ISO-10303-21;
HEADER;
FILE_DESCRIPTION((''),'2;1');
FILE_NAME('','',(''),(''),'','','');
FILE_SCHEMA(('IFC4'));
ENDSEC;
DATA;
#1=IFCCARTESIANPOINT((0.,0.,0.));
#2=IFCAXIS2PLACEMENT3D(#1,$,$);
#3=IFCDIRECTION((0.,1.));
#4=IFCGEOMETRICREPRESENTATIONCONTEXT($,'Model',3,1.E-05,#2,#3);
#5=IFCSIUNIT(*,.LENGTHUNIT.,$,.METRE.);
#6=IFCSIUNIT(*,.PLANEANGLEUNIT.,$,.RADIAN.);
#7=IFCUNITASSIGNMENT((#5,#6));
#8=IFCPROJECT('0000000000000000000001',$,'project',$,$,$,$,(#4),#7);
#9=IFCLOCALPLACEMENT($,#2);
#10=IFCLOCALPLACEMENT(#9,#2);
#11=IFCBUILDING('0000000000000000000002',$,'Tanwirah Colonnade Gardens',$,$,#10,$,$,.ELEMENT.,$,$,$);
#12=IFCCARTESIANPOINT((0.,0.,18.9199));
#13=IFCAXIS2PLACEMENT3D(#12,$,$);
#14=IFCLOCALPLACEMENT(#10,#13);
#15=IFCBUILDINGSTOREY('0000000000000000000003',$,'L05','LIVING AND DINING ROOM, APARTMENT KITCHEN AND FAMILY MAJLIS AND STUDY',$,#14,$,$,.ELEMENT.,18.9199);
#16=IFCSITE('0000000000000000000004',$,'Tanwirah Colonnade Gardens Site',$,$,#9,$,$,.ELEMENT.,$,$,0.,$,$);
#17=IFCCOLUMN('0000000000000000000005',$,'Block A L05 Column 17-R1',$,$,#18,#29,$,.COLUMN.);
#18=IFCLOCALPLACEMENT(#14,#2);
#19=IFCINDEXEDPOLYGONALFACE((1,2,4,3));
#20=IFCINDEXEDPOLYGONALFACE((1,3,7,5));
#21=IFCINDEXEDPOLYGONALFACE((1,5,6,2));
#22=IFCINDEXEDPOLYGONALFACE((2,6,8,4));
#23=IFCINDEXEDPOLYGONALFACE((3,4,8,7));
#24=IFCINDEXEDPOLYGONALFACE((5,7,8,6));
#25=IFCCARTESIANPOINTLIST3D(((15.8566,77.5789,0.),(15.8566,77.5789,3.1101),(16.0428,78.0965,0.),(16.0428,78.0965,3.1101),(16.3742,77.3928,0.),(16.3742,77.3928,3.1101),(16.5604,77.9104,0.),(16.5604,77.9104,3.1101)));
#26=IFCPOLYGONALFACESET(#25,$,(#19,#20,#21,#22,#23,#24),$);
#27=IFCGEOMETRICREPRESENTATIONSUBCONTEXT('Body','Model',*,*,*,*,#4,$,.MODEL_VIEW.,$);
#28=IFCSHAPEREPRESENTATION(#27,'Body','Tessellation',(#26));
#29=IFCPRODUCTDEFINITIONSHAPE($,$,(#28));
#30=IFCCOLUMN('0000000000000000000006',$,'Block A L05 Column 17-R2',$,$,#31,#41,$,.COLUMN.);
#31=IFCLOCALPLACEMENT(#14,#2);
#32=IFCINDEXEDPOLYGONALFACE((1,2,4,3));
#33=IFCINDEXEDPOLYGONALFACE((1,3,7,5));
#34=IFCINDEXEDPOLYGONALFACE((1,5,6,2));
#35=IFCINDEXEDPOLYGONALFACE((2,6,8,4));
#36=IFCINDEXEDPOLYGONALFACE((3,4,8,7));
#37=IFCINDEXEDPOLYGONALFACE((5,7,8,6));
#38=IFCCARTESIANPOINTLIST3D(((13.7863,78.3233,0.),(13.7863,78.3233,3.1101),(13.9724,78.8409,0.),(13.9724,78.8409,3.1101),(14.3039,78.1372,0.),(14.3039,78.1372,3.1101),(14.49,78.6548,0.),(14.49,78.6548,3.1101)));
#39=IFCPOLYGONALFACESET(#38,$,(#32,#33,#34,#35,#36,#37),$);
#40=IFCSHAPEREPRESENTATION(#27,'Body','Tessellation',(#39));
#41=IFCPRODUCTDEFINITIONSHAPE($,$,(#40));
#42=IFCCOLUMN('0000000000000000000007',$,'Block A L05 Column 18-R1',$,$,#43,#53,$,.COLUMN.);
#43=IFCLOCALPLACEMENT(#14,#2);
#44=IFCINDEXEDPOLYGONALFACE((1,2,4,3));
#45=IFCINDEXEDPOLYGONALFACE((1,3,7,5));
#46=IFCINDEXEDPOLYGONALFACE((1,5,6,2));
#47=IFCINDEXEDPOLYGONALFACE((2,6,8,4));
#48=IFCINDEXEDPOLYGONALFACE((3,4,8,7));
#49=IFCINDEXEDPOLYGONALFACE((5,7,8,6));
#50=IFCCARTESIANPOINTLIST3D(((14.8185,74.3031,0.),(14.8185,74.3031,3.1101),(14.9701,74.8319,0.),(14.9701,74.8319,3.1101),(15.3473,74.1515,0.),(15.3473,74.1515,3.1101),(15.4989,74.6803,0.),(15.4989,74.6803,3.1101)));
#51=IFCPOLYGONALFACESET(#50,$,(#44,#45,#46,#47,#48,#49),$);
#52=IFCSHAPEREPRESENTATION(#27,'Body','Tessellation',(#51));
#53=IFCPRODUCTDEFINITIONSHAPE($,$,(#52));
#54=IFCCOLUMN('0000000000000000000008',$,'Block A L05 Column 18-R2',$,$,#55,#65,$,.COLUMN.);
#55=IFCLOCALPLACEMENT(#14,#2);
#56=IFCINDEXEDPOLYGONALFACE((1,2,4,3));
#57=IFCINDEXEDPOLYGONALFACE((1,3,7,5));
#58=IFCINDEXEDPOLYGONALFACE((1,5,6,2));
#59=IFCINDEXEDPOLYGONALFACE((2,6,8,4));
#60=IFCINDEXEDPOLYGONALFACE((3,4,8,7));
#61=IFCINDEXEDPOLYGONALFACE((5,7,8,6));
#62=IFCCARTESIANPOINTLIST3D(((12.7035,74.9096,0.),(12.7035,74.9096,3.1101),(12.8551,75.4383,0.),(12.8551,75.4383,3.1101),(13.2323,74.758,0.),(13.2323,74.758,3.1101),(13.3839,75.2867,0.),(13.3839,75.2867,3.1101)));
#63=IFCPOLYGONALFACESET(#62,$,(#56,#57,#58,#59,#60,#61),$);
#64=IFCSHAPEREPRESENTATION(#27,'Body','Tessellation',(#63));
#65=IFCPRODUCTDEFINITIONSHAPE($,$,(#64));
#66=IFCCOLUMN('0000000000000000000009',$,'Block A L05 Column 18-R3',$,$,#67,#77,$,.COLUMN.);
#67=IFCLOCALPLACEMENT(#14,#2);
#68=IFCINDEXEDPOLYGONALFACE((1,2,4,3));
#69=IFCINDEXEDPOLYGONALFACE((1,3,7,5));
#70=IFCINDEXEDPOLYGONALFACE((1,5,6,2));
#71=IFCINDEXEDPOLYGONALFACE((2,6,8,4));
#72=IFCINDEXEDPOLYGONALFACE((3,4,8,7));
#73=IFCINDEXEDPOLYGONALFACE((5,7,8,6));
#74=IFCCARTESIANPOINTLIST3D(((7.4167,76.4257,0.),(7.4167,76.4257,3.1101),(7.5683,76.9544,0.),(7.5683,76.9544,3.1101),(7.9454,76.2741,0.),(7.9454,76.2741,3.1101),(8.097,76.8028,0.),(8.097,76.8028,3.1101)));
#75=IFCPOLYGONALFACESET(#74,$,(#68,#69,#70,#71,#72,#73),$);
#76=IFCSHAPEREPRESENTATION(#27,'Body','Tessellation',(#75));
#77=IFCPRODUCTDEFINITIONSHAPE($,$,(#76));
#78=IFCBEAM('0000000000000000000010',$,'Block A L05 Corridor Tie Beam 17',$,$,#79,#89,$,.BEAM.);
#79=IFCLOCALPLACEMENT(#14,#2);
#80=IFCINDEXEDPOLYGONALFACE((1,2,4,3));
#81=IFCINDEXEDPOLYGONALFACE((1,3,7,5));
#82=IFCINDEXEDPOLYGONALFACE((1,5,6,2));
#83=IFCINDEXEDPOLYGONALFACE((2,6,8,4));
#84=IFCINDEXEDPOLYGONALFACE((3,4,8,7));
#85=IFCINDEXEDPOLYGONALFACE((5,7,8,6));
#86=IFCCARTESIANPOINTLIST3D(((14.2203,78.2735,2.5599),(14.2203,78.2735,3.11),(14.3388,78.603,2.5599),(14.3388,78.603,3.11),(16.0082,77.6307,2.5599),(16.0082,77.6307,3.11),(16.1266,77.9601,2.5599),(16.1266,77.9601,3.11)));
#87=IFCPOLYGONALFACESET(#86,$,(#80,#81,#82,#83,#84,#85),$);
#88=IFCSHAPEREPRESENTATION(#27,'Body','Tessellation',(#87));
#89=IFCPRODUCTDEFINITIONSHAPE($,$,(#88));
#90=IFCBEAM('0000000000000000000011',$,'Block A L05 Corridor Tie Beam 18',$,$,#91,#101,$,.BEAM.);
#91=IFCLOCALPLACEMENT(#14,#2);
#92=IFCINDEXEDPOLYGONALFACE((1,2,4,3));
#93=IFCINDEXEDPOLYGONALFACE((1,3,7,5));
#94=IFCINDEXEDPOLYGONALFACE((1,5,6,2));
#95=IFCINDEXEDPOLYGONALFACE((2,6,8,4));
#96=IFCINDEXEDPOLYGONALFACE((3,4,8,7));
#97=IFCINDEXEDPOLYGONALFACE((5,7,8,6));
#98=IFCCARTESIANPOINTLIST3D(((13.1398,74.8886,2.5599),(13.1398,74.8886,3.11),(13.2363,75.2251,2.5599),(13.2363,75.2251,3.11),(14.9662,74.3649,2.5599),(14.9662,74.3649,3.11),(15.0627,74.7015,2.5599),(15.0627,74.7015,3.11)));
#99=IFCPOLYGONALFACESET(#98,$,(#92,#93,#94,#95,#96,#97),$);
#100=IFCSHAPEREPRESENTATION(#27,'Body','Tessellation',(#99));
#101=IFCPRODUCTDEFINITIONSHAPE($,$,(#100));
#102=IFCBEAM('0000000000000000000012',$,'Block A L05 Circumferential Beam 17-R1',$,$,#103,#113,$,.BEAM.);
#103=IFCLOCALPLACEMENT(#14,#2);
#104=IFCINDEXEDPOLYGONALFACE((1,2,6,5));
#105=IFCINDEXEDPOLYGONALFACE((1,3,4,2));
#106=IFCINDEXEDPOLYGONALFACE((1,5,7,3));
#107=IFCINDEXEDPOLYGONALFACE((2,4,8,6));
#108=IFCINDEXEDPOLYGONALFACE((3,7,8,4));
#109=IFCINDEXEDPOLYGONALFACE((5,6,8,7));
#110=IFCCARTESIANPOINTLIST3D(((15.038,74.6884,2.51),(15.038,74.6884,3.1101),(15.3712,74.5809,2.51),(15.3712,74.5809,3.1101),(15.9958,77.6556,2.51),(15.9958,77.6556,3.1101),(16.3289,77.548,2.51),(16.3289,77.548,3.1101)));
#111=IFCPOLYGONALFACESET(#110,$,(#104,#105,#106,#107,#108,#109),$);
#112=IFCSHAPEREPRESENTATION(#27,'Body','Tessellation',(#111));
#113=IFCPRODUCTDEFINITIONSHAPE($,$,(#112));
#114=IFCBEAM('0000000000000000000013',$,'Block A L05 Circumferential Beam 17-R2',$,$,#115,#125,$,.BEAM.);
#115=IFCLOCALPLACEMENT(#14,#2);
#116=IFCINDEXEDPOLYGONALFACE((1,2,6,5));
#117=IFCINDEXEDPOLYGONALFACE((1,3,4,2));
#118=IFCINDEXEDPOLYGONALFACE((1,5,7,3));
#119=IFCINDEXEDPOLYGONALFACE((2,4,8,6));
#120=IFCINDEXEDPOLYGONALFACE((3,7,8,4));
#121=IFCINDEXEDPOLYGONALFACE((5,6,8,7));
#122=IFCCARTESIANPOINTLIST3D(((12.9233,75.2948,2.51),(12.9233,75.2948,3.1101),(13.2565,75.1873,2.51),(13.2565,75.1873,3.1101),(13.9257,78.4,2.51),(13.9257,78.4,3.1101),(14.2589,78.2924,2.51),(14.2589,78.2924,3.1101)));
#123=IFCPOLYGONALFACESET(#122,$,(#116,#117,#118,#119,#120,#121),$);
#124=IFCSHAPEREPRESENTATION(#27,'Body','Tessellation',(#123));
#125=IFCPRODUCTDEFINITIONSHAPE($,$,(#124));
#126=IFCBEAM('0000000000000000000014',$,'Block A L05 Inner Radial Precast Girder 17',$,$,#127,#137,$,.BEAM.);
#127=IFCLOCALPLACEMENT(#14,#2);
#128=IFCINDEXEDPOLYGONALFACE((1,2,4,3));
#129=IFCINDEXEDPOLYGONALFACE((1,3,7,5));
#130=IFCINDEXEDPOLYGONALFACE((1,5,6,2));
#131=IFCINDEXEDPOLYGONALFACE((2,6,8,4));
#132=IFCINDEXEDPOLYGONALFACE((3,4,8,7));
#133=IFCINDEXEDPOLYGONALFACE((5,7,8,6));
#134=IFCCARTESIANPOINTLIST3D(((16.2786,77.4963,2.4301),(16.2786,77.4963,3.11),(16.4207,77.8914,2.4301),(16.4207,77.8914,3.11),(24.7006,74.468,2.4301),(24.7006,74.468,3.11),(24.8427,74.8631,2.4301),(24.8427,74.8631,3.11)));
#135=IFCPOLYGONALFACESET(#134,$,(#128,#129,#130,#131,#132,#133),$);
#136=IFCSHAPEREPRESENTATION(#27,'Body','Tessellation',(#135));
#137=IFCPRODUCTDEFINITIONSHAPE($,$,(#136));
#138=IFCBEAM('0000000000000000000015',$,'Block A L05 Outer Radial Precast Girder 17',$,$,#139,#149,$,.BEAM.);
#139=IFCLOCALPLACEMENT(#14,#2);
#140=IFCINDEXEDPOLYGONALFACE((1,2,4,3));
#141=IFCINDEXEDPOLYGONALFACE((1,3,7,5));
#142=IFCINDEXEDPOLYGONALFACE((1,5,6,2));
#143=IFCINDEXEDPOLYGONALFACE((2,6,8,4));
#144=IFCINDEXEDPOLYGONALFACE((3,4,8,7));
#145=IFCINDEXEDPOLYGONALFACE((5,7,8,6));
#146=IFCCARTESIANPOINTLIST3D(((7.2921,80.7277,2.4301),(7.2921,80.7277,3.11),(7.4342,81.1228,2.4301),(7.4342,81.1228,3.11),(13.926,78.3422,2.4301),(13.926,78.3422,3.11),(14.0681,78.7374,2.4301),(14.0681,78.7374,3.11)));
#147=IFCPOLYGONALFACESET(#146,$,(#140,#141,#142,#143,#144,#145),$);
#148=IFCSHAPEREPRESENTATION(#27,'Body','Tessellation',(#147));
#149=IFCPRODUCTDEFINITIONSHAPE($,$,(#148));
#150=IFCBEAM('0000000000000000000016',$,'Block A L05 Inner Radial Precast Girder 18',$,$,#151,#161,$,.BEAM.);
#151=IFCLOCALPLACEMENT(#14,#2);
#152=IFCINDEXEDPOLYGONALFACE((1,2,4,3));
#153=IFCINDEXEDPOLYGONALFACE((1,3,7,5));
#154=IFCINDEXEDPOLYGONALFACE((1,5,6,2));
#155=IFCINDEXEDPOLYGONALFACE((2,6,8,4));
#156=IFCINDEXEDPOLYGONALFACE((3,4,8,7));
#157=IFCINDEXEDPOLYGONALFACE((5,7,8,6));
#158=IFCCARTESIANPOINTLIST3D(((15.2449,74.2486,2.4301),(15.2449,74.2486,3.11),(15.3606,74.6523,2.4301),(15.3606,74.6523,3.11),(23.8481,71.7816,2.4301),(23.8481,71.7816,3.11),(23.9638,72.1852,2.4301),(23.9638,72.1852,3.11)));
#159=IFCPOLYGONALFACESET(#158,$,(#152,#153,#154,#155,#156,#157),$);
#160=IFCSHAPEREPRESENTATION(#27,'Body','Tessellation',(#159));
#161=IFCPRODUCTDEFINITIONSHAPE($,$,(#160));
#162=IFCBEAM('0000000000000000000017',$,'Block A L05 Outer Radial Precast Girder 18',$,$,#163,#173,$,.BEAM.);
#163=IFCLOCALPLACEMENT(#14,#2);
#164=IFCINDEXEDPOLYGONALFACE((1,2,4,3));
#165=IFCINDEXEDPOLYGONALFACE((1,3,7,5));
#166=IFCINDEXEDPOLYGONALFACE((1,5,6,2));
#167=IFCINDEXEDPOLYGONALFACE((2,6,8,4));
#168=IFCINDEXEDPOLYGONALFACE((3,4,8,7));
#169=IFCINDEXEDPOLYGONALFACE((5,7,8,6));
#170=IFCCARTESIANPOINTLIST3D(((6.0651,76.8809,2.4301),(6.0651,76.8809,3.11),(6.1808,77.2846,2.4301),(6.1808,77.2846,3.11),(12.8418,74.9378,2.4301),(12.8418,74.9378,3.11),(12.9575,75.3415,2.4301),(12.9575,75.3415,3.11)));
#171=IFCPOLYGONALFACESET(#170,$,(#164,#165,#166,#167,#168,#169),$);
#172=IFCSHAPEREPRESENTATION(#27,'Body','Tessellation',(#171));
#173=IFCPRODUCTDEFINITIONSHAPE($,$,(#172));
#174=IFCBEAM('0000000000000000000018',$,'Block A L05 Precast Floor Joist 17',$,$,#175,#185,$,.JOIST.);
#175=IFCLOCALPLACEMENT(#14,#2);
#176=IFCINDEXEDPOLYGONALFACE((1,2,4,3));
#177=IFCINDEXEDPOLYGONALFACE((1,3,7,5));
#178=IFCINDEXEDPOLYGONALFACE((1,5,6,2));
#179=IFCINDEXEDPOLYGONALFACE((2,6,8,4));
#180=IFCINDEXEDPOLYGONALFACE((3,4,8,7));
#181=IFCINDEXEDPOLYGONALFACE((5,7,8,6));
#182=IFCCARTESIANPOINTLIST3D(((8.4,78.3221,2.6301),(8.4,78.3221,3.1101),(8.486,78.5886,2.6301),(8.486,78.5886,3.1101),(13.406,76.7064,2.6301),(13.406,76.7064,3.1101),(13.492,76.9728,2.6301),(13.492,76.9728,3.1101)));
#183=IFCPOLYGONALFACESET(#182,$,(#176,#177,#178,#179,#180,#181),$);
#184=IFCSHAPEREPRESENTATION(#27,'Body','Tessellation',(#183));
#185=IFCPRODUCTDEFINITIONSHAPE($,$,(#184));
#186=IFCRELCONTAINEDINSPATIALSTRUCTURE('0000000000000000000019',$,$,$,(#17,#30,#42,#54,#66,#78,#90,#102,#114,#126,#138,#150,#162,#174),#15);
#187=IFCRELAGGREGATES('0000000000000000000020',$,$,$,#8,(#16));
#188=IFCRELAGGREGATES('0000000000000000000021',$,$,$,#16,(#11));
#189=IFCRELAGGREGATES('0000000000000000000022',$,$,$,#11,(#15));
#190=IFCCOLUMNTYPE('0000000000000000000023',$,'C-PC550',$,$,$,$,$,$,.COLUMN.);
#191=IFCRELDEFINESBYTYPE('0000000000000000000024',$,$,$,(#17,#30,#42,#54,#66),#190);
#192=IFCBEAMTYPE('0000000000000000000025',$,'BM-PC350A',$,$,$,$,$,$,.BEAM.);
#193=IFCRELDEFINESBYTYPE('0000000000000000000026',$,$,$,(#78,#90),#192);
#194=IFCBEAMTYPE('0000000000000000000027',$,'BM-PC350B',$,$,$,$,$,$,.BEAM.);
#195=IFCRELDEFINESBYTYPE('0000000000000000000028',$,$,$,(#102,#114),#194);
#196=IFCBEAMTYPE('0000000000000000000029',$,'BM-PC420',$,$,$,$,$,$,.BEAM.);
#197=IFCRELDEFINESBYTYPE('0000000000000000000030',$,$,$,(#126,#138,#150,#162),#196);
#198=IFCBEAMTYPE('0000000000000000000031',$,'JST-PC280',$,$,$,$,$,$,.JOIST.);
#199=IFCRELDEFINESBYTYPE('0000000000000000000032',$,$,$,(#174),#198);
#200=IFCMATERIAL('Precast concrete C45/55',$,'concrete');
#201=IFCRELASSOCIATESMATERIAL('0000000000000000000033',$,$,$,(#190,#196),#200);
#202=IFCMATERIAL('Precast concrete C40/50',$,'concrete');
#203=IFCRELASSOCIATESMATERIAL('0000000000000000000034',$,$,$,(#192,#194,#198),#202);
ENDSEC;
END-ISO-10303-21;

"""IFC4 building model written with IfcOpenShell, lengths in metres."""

from ifc_helpers import new_model, si_unit, direction, frame, origin, origin_2d, place, context, subcontext, project, spatial, rectangle, extrude, material, material_profile, profile_set, type_object, element, save


model = new_model("IFC4")

# Units and contexts
model_context = context("Model", 3, precision=1e-05, world=origin(), true_north=direction((0.0, 1.0)))
body_context = subcontext(model_context, "Body", "Model", "MODEL_VIEW")
ifc_project = project(units=[si_unit("LENGTHUNIT", "METRE"), si_unit("PLANEANGLEUNIT", "RADIAN")], contexts=[model_context])

# Site, building, storey
site_placement = place(None, origin())
site = spatial("IfcSite", under=ifc_project, at=site_placement, Name="Tanwirah Colonnade Gardens Site", CompositionType="ELEMENT", RefElevation=0.0)
building_placement = place(site_placement, origin())
building = spatial("IfcBuilding", under=site, at=building_placement, Name="Tanwirah Colonnade Gardens", CompositionType="ELEMENT")
storey_placement = place(building_placement, frame((0.0, 0.0, 18.9199)))
storey = spatial("IfcBuildingStorey", under=building, at=storey_placement, Name="L05", Description="LIVING AND DINING ROOM, APARTMENT KITCHEN AND FAMILY MAJLIS AND STUDY", CompositionType="ELEMENT", Elevation=18.9199)

# Columns
ifc_material_1 = material(Name="Precast concrete C45/55", Category="concrete")
ifc_material_profile_1 = material_profile(ifc_material_1, rectangle(XDim=0.55, YDim=0.55, at=origin_2d()), Name="PC-COL 550x550")
ifc_profile_set_1 = profile_set([ifc_material_profile_1], Name="Precast concrete C45/55")
column_type = type_object("IfcColumnType", Name="C-PC550", PredefinedType="COLUMN", material=ifc_profile_set_1)
for number, where, z_axis, x_axis, name in (
    (1, (16.2085, 77.7446, 0.0), (0.0, 0.0, 1.0), (-0.941012, 0.338373, 0.0), "Block A L05 Column 17-R1"),
    (2, (14.1382, 78.489, 0.0), (0.0, 0.0, 1.0), (-0.941012, 0.338373, 0.0), "Block A L05 Column 17-R2"),
    (3, (15.1587, 74.4917, 0.0), (0.0, 0.0, 1.0), (-0.961262, 0.275637, 0.0), "Block A L05 Column 18-R1"),
    (4, (13.0437, 75.0981, 0.0), (0.0, 0.0, 1.0), (-0.961262, 0.275637, 0.0), "Block A L05 Column 18-R2"),
    (5, (7.7568, 76.6143, 0.0), (0.0, 0.0, 1.0), (-0.961262, 0.275637, 0.0), "Block A L05 Column 18-R3"),
):
    element("IfcColumn", number, at=place(storey_placement, frame(where, z_axis=z_axis, x_axis=x_axis)), inside=storey, type_object=column_type, Name=name, PredefinedType="COLUMN", context=body_context, shape_type="SweptSolid", body=[
        extrude(rectangle(XDim=0.55, YDim=0.55, at=origin_2d()), origin(), (0.0, 0.0, 1.0), 3.1101),
    ])

# Beams
ifc_material_2 = material(Name="Precast concrete C40/50", Category="concrete")
ifc_material_profile_2 = material_profile(ifc_material_2, rectangle(XDim=0.3501, YDim=0.55, at=origin_2d()), Name="PC-BM 350x550")
ifc_profile_set_2 = profile_set([ifc_material_profile_2], Name="Precast concrete C40/50")
beam_type_1 = type_object("IfcBeamType", Name="BM-PC350A", PredefinedType="BEAM", material=ifc_profile_set_2)
for number, where, z_axis, x_axis, name in (
    (6, (16.0674, 77.7954, 2.835), (-0.941022, 0.338346, 0.0), (-0.338346, -0.941022, 0.0), "Block A L05 Corridor Tie Beam 17"),
    (7, (15.0144, 74.5332, 2.835), (-0.961267, 0.27562, 0.0), (-0.27562, -0.961267, 0.0), "Block A L05 Corridor Tie Beam 18"),
):
    element("IfcBeam", number, at=place(storey_placement, frame(where, z_axis=z_axis, x_axis=x_axis)), inside=storey, type_object=beam_type_1, Name=name, PredefinedType="BEAM", context=body_context, shape_type="SweptSolid", body=[
        extrude(rectangle(XDim=0.3501, YDim=0.55, at=origin_2d()), origin(), (0.0, 0.0, 1.0), 1.8999),
    ])
ifc_material_profile_3 = material_profile(ifc_material_2, rectangle(XDim=0.3501, YDim=0.6001, at=origin_2d()), Name="PC-BM 350x600")
ifc_profile_set_3 = profile_set([ifc_material_profile_3], Name="Precast concrete C40/50")
beam_type_2 = type_object("IfcBeamType", Name="BM-PC350B", PredefinedType="BEAM", material=ifc_profile_set_3)
beam_1_placement = place(storey_placement, frame((16.1624, 77.6018, 2.8101), z_axis=(-0.30717, -0.951655, 0.0), x_axis=(0.951655, -0.30717, 0.0)))
element("IfcBeam", 8, at=beam_1_placement, inside=storey, type_object=beam_type_2, Name="Block A L05 Circumferential Beam 17-R1", PredefinedType="BEAM", context=body_context, shape_type="SweptSolid", body=[
    extrude(rectangle(XDim=0.3501, YDim=0.6001, at=origin_2d()), origin(), (0.0, 0.0, 1.0), 3.1179),
])
beam_2_placement = place(storey_placement, frame((14.0923, 78.3462, 2.8101), z_axis=(-0.307213, -0.951641, 0.0), x_axis=(0.951641, -0.307213, 0.0)))
element("IfcBeam", 9, at=beam_2_placement, inside=storey, type_object=beam_type_2, Name="Block A L05 Circumferential Beam 17-R2", PredefinedType="BEAM", context=body_context, shape_type="SweptSolid", body=[
    extrude(rectangle(XDim=0.3501, YDim=0.6001, at=origin_2d()), origin(), (0.0, 0.0, 1.0), 3.2629),
])
ifc_material_profile_4 = material_profile(ifc_material_1, rectangle(XDim=0.4199, YDim=0.6799, at=origin_2d()), Name="PC-BM 420x680")
ifc_profile_set_4 = profile_set([ifc_material_profile_4], Name="Precast concrete C45/55")
beam_type_3 = type_object("IfcBeamType", Name="BM-PC420", PredefinedType="BEAM", material=ifc_profile_set_4)
beam_3_placement = place(storey_placement, frame((16.3496, 77.6938, 2.77), z_axis=(0.941017, -0.338359, 0.0), x_axis=(0.338359, 0.941017, 0.0)))
element("IfcBeam", 10, at=beam_3_placement, inside=storey, type_object=beam_type_3, Name="Block A L05 Inner Radial Precast Girder 17", PredefinedType="BEAM", context=body_context, shape_type="SweptSolid", body=[
    extrude(rectangle(XDim=0.4199, YDim=0.6799, at=origin_2d()), origin(), (0.0, 0.0, 1.0), 8.95),
])
beam_4_placement = place(storey_placement, frame((13.9971, 78.5398, 2.77), z_axis=(-0.941012, 0.338374, 0.0), x_axis=(-0.338374, -0.941012, 0.0)))
element("IfcBeam", 11, at=beam_4_placement, inside=storey, type_object=beam_type_3, Name="Block A L05 Outer Radial Precast Girder 17", PredefinedType="BEAM", context=body_context, shape_type="SweptSolid", body=[
    extrude(rectangle(XDim=0.4199, YDim=0.6799, at=origin_2d()), origin(), (0.0, 0.0, 1.0), 7.0498),
])
beam_5_placement = place(storey_placement, frame((15.3027, 74.4504, 2.77), z_axis=(0.961259, -0.275647, 0.0), x_axis=(0.275647, 0.961259, 0.0)))
element("IfcBeam", 12, at=beam_5_placement, inside=storey, type_object=beam_type_3, Name="Block A L05 Inner Radial Precast Girder 18", PredefinedType="BEAM", context=body_context, shape_type="SweptSolid", body=[
    extrude(rectangle(XDim=0.4199, YDim=0.6799, at=origin_2d()), origin(), (0.0, 0.0, 1.0), 8.95),
])
beam_6_placement = place(storey_placement, frame((12.8997, 75.1396, 2.77), z_axis=(-0.961266, 0.275622, 0.0), x_axis=(-0.275622, -0.961266, 0.0)))
element("IfcBeam", 13, at=beam_6_placement, inside=storey, type_object=beam_type_3, Name="Block A L05 Outer Radial Precast Girder 18", PredefinedType="BEAM", context=body_context, shape_type="SweptSolid", body=[
    extrude(rectangle(XDim=0.4199, YDim=0.6799, at=origin_2d()), origin(), (0.0, 0.0, 1.0), 7.0498),
])
ifc_material_profile_5 = material_profile(ifc_material_2, rectangle(XDim=0.28, YDim=0.48, at=origin_2d()), Name="PC-JST 280x480")
ifc_profile_set_5 = profile_set([ifc_material_profile_5], Name="Precast concrete C40/50")
beam_type_4 = type_object("IfcBeamType", Name="JST-PC280", PredefinedType="JOIST", material=ifc_profile_set_5)
beam_7_placement = place(storey_placement, frame((13.449, 76.8396, 2.8701), z_axis=(-0.951657, 0.307163, 0.0), x_axis=(-0.307163, -0.951657, 0.0)))
element("IfcBeam", 14, at=beam_7_placement, inside=storey, type_object=beam_type_4, Name="Block A L05 Precast Floor Joist 17", PredefinedType="JOIST", context=body_context, shape_type="SweptSolid", body=[
    extrude(rectangle(XDim=0.28, YDim=0.48, at=origin_2d()), origin(), (0.0, 0.0, 1.0), 5.2603),
])

save(model, "model.ifc")
